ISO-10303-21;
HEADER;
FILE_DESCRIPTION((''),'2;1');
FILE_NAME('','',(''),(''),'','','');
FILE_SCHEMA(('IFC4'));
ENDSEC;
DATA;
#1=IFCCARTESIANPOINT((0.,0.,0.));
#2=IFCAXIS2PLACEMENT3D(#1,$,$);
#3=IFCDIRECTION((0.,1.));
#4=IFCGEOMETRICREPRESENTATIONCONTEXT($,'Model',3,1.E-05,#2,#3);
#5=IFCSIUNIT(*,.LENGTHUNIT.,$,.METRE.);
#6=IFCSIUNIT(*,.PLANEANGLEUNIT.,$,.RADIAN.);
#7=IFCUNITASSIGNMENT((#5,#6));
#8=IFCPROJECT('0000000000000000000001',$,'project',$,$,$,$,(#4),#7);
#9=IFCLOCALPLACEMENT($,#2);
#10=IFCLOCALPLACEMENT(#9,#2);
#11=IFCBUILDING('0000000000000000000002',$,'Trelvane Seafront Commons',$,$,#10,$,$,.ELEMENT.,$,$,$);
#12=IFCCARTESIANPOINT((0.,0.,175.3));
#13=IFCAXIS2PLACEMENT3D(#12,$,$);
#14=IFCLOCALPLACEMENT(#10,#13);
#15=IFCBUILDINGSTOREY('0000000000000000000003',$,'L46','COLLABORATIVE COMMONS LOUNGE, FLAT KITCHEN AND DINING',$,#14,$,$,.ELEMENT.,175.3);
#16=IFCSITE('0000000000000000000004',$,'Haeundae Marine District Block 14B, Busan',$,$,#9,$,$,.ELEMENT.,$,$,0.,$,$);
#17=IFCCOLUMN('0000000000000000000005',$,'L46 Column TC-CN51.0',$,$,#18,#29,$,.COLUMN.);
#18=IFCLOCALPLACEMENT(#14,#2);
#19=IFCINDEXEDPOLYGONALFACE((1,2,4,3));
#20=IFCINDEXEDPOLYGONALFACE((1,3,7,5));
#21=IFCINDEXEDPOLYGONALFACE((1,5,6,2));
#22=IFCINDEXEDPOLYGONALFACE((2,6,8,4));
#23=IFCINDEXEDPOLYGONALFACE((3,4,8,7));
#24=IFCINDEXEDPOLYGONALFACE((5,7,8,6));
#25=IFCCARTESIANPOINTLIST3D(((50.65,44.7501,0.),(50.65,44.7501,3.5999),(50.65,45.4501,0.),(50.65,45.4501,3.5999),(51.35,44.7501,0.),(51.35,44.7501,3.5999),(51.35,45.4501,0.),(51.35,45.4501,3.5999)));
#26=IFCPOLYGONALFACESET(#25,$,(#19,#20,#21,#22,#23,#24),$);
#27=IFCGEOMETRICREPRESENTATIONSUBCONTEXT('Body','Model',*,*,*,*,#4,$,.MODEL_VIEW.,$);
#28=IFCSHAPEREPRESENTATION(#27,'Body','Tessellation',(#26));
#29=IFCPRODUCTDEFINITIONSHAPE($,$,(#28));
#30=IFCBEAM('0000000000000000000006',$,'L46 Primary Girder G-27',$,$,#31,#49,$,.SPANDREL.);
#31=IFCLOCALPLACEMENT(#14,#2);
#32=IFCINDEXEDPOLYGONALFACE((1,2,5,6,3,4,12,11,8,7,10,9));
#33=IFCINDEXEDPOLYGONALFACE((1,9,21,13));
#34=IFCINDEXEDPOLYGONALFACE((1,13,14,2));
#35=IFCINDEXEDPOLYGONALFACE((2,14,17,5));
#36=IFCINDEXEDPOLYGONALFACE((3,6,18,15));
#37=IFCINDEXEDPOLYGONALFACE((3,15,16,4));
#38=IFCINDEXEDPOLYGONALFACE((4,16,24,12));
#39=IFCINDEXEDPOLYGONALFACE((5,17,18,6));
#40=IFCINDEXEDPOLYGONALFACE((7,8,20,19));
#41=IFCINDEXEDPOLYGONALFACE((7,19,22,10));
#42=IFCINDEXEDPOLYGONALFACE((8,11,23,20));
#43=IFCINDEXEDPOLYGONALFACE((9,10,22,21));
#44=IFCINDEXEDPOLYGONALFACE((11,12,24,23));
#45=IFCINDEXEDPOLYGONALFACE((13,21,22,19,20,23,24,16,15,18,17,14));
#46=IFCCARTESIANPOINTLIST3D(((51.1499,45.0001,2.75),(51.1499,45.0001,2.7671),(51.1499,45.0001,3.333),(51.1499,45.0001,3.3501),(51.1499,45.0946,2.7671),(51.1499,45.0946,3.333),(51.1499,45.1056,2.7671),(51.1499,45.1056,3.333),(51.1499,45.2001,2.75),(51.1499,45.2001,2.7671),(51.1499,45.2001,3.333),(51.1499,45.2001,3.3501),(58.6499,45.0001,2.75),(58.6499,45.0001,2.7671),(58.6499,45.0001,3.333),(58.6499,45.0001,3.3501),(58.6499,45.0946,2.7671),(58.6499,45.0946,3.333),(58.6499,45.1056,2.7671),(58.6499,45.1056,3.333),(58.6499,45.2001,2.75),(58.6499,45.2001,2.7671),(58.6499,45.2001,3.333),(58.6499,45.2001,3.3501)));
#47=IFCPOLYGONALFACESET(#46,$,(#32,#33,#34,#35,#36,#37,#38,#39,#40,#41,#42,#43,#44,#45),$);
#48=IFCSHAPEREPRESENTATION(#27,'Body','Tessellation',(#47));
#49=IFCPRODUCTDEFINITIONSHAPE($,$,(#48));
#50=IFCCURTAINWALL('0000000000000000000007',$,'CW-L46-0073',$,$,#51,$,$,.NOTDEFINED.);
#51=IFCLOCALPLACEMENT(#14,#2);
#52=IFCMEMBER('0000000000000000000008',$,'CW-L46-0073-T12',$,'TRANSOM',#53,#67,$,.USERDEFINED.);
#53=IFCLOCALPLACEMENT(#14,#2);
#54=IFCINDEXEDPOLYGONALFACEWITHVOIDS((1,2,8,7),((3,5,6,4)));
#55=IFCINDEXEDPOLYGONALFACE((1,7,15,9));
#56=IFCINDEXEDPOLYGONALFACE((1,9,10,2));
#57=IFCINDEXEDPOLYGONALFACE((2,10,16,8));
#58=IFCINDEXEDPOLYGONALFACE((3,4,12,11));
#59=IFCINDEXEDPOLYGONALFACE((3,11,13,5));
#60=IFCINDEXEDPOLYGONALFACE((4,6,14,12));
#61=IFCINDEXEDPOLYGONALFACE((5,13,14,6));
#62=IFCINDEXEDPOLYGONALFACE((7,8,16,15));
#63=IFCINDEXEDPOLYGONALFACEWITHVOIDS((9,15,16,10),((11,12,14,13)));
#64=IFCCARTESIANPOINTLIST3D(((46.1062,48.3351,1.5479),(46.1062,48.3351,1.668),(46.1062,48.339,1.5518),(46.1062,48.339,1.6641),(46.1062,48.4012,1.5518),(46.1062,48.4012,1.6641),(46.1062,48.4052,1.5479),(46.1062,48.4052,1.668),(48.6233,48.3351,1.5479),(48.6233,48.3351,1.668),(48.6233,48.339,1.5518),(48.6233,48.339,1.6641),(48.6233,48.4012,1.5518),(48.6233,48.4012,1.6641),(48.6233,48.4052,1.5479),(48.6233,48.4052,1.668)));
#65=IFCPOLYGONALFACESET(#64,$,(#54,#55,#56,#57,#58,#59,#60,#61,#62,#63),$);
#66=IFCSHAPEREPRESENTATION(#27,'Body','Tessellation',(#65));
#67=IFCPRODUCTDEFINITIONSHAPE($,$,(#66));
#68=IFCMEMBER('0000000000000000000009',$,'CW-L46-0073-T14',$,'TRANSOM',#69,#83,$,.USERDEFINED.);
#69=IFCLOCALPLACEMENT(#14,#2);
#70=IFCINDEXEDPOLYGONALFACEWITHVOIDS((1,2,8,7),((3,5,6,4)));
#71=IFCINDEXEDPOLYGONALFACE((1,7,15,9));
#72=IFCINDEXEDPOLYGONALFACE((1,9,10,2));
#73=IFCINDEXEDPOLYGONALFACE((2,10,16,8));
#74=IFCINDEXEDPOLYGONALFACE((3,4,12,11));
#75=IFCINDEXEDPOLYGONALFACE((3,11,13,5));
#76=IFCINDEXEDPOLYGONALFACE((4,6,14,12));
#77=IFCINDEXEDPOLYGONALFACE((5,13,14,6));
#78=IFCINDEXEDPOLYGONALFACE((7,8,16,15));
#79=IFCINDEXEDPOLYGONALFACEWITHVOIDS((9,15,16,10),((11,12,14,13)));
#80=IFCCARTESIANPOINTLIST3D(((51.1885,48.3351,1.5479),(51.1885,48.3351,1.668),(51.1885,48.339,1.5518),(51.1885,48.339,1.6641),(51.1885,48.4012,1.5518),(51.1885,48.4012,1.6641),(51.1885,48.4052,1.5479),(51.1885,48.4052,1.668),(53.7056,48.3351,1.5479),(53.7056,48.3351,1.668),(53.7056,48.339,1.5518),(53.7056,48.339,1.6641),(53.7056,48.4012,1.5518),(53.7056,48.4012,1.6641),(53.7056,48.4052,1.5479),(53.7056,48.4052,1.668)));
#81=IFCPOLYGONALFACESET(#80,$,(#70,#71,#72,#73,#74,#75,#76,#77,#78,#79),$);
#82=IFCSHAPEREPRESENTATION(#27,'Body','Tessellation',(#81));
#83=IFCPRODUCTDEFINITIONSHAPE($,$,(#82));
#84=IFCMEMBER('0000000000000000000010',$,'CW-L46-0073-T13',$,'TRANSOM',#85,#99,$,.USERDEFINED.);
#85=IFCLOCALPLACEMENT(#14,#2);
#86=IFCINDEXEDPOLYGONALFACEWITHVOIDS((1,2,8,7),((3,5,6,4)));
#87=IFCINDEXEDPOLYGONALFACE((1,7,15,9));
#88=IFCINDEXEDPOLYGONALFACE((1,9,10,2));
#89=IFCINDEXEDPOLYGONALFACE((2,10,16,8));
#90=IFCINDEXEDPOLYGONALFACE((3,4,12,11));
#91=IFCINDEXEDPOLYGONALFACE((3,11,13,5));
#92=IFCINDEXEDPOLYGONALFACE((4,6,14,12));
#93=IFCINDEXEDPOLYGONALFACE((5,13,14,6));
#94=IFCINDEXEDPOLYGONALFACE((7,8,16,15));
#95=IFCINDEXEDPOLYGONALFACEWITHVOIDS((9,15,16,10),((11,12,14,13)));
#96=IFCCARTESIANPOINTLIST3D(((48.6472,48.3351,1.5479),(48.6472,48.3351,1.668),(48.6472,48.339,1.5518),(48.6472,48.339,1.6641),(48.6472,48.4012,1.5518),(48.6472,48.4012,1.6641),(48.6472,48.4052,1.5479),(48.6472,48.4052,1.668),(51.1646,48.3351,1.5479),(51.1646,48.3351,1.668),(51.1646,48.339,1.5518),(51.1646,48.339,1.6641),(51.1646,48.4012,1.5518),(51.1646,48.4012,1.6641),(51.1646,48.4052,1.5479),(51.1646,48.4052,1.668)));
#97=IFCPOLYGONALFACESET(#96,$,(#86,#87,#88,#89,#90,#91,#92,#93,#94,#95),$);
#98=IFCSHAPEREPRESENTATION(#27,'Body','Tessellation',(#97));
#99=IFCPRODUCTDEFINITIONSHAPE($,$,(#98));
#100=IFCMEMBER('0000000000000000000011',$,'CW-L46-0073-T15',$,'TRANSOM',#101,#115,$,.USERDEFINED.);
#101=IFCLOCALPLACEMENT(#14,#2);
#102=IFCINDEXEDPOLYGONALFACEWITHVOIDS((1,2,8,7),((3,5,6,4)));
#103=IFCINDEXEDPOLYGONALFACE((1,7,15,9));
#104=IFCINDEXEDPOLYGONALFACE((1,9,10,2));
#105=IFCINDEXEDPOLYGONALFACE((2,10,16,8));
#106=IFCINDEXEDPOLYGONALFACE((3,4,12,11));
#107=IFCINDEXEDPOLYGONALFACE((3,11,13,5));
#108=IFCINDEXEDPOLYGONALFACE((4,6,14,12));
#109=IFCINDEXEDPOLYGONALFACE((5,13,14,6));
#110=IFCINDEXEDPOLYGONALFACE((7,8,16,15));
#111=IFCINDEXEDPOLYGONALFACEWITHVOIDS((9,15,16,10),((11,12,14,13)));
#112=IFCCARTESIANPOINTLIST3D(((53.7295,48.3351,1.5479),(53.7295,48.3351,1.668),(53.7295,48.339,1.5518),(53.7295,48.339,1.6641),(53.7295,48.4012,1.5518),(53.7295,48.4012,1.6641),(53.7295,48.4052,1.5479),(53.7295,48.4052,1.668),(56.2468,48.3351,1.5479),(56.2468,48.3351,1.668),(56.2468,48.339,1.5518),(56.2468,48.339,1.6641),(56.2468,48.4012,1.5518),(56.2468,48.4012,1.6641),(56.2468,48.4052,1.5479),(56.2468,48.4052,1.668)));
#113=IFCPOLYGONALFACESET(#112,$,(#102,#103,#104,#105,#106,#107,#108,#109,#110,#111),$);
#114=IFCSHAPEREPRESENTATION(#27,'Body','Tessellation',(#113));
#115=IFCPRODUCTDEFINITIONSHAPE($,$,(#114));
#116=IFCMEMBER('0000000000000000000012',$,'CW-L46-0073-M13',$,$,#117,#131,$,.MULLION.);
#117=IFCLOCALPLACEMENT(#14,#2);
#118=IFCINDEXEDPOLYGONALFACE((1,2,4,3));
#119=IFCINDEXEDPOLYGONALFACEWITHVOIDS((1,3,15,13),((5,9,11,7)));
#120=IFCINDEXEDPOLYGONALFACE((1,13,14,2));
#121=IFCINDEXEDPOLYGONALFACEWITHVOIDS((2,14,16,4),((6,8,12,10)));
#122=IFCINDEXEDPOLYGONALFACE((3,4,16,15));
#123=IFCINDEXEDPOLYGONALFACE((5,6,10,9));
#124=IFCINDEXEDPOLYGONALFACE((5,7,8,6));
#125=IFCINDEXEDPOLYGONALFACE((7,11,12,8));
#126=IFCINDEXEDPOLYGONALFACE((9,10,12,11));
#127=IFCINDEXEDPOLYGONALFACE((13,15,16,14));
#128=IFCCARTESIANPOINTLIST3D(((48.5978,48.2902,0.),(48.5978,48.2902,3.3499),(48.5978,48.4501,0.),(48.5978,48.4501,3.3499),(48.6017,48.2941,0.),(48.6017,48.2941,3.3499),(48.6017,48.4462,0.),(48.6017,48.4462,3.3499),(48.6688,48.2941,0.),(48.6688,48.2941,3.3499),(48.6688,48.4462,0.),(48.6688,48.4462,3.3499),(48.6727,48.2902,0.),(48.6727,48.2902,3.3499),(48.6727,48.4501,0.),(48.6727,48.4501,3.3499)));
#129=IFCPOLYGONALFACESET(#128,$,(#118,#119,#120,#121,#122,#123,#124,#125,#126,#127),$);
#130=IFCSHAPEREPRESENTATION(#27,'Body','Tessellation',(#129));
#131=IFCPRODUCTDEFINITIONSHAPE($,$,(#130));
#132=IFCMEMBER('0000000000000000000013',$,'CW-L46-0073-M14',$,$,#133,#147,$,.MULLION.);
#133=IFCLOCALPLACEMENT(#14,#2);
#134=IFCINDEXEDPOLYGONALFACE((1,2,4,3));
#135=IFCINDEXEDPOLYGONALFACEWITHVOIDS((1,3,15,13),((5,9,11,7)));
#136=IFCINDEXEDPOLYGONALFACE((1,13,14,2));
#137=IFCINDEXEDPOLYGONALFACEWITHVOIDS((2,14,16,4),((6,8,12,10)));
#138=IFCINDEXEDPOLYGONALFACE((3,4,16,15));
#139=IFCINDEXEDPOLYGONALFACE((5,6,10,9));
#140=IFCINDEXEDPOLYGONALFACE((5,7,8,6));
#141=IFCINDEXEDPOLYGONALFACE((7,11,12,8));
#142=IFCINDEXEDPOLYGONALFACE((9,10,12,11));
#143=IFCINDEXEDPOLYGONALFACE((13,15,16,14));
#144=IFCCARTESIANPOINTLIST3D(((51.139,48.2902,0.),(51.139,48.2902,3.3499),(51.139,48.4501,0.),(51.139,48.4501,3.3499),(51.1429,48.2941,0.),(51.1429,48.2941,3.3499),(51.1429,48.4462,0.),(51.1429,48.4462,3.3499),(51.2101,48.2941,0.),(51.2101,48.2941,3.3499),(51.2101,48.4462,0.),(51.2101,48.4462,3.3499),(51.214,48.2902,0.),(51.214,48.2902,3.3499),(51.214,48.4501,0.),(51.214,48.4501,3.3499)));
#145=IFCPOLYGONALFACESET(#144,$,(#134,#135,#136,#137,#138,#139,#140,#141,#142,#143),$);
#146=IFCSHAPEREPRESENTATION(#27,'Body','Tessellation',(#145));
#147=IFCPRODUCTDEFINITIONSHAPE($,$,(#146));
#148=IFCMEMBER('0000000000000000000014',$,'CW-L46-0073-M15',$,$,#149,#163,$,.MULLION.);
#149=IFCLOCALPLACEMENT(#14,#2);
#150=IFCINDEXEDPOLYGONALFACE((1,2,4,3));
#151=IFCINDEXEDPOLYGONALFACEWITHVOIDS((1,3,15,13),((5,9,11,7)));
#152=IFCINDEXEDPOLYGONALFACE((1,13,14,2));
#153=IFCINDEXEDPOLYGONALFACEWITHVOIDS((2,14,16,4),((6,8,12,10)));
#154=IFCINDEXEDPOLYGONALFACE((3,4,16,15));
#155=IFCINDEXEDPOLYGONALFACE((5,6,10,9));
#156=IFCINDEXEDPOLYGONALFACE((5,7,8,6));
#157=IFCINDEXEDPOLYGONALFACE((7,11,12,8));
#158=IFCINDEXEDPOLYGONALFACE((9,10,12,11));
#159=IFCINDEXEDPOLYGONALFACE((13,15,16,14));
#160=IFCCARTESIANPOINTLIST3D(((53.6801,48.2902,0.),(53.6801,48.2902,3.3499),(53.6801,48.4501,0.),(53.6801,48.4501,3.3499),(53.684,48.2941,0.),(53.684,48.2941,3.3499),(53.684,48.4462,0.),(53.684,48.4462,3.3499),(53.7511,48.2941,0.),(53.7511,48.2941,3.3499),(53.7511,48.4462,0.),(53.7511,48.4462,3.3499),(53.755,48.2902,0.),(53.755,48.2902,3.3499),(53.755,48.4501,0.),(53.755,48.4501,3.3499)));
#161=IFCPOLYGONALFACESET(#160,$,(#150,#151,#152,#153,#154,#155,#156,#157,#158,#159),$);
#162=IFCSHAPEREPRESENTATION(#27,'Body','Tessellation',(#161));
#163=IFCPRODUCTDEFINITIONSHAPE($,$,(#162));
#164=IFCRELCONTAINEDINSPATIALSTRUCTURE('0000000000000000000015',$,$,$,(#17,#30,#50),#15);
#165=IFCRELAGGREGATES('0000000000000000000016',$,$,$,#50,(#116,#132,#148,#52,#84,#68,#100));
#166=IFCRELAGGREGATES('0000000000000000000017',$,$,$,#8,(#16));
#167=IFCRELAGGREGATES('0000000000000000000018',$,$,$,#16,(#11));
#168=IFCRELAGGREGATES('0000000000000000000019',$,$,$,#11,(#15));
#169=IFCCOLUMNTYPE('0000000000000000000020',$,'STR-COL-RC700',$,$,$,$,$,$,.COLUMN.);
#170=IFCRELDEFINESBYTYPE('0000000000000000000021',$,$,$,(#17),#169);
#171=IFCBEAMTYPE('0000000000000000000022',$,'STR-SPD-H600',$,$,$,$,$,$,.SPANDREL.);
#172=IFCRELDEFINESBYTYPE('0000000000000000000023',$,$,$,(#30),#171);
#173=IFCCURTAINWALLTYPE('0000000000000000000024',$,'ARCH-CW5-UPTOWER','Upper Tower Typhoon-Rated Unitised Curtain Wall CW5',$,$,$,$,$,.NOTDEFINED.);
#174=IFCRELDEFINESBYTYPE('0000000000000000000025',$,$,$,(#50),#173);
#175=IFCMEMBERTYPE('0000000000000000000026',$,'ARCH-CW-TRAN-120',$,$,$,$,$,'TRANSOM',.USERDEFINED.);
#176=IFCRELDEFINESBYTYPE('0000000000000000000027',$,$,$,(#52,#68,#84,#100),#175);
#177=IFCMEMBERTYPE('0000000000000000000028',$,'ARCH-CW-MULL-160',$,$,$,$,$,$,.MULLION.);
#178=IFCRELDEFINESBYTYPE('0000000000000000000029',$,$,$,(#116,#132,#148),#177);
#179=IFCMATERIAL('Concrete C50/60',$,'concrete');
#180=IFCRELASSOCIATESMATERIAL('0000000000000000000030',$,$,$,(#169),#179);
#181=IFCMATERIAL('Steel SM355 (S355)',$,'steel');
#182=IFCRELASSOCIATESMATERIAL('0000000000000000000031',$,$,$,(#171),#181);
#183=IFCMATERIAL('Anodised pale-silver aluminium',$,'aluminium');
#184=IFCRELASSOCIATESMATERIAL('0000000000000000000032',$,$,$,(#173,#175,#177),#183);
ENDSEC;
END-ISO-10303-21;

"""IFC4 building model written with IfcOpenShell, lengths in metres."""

from ifc_helpers import new_model, si_unit, direction, frame, origin, origin_2d, place, context, subcontext, project, spatial, rectangle, hollow_rectangle, i_section, extrude, source, transform, mapped, material, material_profile, profile_set, type_object, element, aggregate, save


model = new_model("IFC4")

# Units and contexts
model_context = context("Model", 3, precision=1e-05, world=origin(), true_north=direction((0.0, 1.0)))
body_context = subcontext(model_context, "Body", "Model", "MODEL_VIEW")
ifc_project = project(units=[si_unit("LENGTHUNIT", "METRE"), si_unit("PLANEANGLEUNIT", "RADIAN")], contexts=[model_context])

# Site, building, storey
site_placement = place(None, origin())
site = spatial("IfcSite", under=ifc_project, at=site_placement, Name="Haeundae Marine District Block 14B, Busan", CompositionType="ELEMENT", RefElevation=0.0)
building_placement = place(site_placement, origin())
building = spatial("IfcBuilding", under=site, at=building_placement, Name="Trelvane Seafront Commons", CompositionType="ELEMENT")
storey_placement = place(building_placement, frame((0.0, 0.0, 175.3)))
storey = spatial("IfcBuildingStorey", under=building, at=storey_placement, Name="L46", Description="COLLABORATIVE COMMONS LOUNGE, FLAT KITCHEN AND DINING", CompositionType="ELEMENT", Elevation=175.3)

# Column
ifc_material_1 = material(Name="Concrete C50/60", Category="concrete")
ifc_material_profile_1 = material_profile(ifc_material_1, rectangle(XDim=0.7, YDim=0.7, at=origin_2d()), Name="RC-700x700")
ifc_profile_set_1 = profile_set([ifc_material_profile_1], Name="Concrete C50/60")
column_type = type_object("IfcColumnType", Name="STR-COL-RC700", PredefinedType="COLUMN", material=ifc_profile_set_1)
shared_shape_1 = source(origin(), body_context, "Body", "SweptSolid", [
    extrude(rectangle(XDim=0.7, YDim=0.7, at=origin_2d()), origin(), (0.0, 0.0, 1.0), 3.5999),
])
column_placement = place(storey_placement, frame((51.0, 45.1001, 0.0), z_axis=(0.0, 0.0, 1.0), x_axis=(1.0, 0.0, 0.0)))
element("IfcColumn", 1, at=column_placement, inside=storey, type_object=column_type, Name="L46 Column TC-CN51.0", PredefinedType="COLUMN", context=body_context, shape_type="MappedRepresentation", body=[
    mapped(shared_shape_1, transform((0.0, 0.0, 0.0), x_axis=(1.0, 0.0, 0.0), y_axis=(0.0, 1.0, 0.0), z_axis=(0.0, 0.0, 1.0), scale=1.0)),
])

# Beam
ifc_material_2 = material(Name="Steel SM355 (S355)", Category="steel")
ifc_material_profile_2 = material_profile(ifc_material_2, i_section(OverallWidth=0.2, OverallDepth=0.6001, WebThickness=0.011, FlangeThickness=0.0171, at=origin_2d()), Name="H-600x200x11x17")
ifc_profile_set_2 = profile_set([ifc_material_profile_2], Name="Steel SM355 (S355)")
beam_type = type_object("IfcBeamType", Name="STR-SPD-H600", PredefinedType="SPANDREL", material=ifc_profile_set_2)
shared_shape_2 = source(origin(), body_context, "Body", "SweptSolid", [
    extrude(i_section(OverallWidth=0.2, OverallDepth=0.6001, WebThickness=0.011, FlangeThickness=0.0171, at=origin_2d()), origin(), (0.0, 0.0, 1.0), 7.5),
])
beam_placement = place(storey_placement, frame((51.1499, 45.1001, 3.05), z_axis=(1.0, 0.0, 0.0), x_axis=(0.0, 1.0, 0.0)))
element("IfcBeam", 2, at=beam_placement, inside=storey, type_object=beam_type, Name="L46 Primary Girder G-27", PredefinedType="SPANDREL", context=body_context, shape_type="MappedRepresentation", body=[
    mapped(shared_shape_2, transform((0.0, 0.0, 0.0), x_axis=(1.0, 0.0, 0.0), y_axis=(0.0, 1.0, 0.0), z_axis=(0.0, 0.0, 1.0), scale=1.0)),
])

# Curtain wall, members
ifc_material_3 = material(Name="Anodised pale-silver aluminium", Category="aluminium")
curtain_wall_type = type_object("IfcCurtainWallType", Name="ARCH-CW5-UPTOWER", Description="Upper Tower Typhoon-Rated Unitised Curtain Wall CW5", PredefinedType="NOTDEFINED", material=ifc_material_3)
curtain_wall_placement = place(storey_placement, origin())
curtain_wall = element("IfcCurtainWall", 3, at=curtain_wall_placement, inside=storey, type_object=curtain_wall_type, Name="CW-L46-0073", PredefinedType="NOTDEFINED")
ifc_material_profile_3 = material_profile(ifc_material_3, hollow_rectangle(XDim=0.0701, YDim=0.1201, WallThickness=0.0039, at=origin_2d()), Name="TRAN-70x120x4")
ifc_profile_set_3 = profile_set([ifc_material_profile_3], Name="Anodised pale-silver aluminium")
member_type_1 = type_object("IfcMemberType", Name="ARCH-CW-TRAN-120", ElementType="TRANSOM", PredefinedType="USERDEFINED", material=ifc_profile_set_3)
shared_shape_3 = source(origin(), body_context, "Body", "SweptSolid", [
    extrude(hollow_rectangle(XDim=0.0701, YDim=0.1201, WallThickness=0.0039, at=origin_2d()), origin(), (0.0, 0.0, 1.0), 2.5171),
])
member_1_placement = place(storey_placement, frame((46.1062, 48.3701, 1.6079), z_axis=(1.0, 0.0, 0.0), x_axis=(0.0, 1.0, 0.0)))
member_1 = element("IfcMember", 4, at=member_1_placement, type_object=member_type_1, Name="CW-L46-0073-T12", ObjectType="TRANSOM", PredefinedType="USERDEFINED", context=body_context, shape_type="MappedRepresentation", body=[
    mapped(shared_shape_3, transform((0.0, 0.0, 0.0), x_axis=(1.0, 0.0, 0.0), y_axis=(0.0, 1.0, 0.0), z_axis=(0.0, 0.0, 1.0), scale=1.0)),
])
member_2_placement = place(storey_placement, frame((51.1885, 48.3701, 1.6079), z_axis=(1.0, 0.0, 0.0), x_axis=(0.0, 1.0, 0.0)))
member_2 = element("IfcMember", 5, at=member_2_placement, type_object=member_type_1, Name="CW-L46-0073-T14", ObjectType="TRANSOM", PredefinedType="USERDEFINED", context=body_context, shape_type="MappedRepresentation", body=[
    mapped(shared_shape_3, transform((0.0, 0.0, 0.0), x_axis=(1.0, 0.0, 0.0), y_axis=(0.0, 1.0, 0.0), z_axis=(0.0, 0.0, 1.0), scale=1.0)),
])
shared_shape_4 = source(origin(), body_context, "Body", "SweptSolid", [
    extrude(hollow_rectangle(XDim=0.0701, YDim=0.1201, WallThickness=0.0039, at=origin_2d()), origin(), (0.0, 0.0, 1.0), 2.5173),
])
member_3_placement = place(storey_placement, frame((48.6472, 48.3701, 1.6079), z_axis=(1.0, 0.0, 0.0), x_axis=(0.0, 1.0, 0.0)))
member_3 = element("IfcMember", 6, at=member_3_placement, type_object=member_type_1, Name="CW-L46-0073-T13", ObjectType="TRANSOM", PredefinedType="USERDEFINED", context=body_context, shape_type="MappedRepresentation", body=[
    mapped(shared_shape_4, transform((0.0, 0.0, 0.0), x_axis=(1.0, 0.0, 0.0), y_axis=(0.0, 1.0, 0.0), z_axis=(0.0, 0.0, 1.0), scale=1.0)),
])
member_4_placement = place(storey_placement, frame((53.7295, 48.3701, 1.6079), z_axis=(1.0, 0.0, 0.0), x_axis=(0.0, 1.0, 0.0)))
member_4 = element("IfcMember", 7, at=member_4_placement, type_object=member_type_1, Name="CW-L46-0073-T15", ObjectType="TRANSOM", PredefinedType="USERDEFINED", context=body_context, shape_type="MappedRepresentation", body=[
    mapped(shared_shape_4, transform((0.0, 0.0, 0.0), x_axis=(1.0, 0.0, 0.0), y_axis=(0.0, 1.0, 0.0), z_axis=(0.0, 0.0, 1.0), scale=1.0)),
])
ifc_material_profile_4 = material_profile(ifc_material_3, hollow_rectangle(XDim=0.075, YDim=0.1599, WallThickness=0.0039, at=origin_2d()), Name="MULL-75x160x4")
ifc_profile_set_4 = profile_set([ifc_material_profile_4], Name="Anodised pale-silver aluminium")
member_type_2 = type_object("IfcMemberType", Name="ARCH-CW-MULL-160", PredefinedType="MULLION", material=ifc_profile_set_4)
shared_shape_5 = source(origin(), body_context, "Body", "SweptSolid", [
    extrude(hollow_rectangle(XDim=0.075, YDim=0.1599, WallThickness=0.0039, at=origin_2d()), origin(), (0.0, 0.0, 1.0), 3.3499),
])
member_5_placement = place(storey_placement, frame((48.6353, 48.3701, 0.0), z_axis=(0.0, 0.0, 1.0), x_axis=(1.0, 0.0, 0.0)))
member_5 = element("IfcMember", 8, at=member_5_placement, type_object=member_type_2, Name="CW-L46-0073-M13", PredefinedType="MULLION", context=body_context, shape_type="MappedRepresentation", body=[
    mapped(shared_shape_5, transform((0.0, 0.0, 0.0), x_axis=(1.0, 0.0, 0.0), y_axis=(0.0, 1.0, 0.0), z_axis=(0.0, 0.0, 1.0), scale=1.0)),
])
member_6_placement = place(storey_placement, frame((51.1765, 48.3701, 0.0), z_axis=(0.0, 0.0, 1.0), x_axis=(1.0, 0.0, 0.0)))
member_6 = element("IfcMember", 9, at=member_6_placement, type_object=member_type_2, Name="CW-L46-0073-M14", PredefinedType="MULLION", context=body_context, shape_type="MappedRepresentation", body=[
    mapped(shared_shape_5, transform((0.0, 0.0, 0.0), x_axis=(1.0, 0.0, 0.0), y_axis=(0.0, 1.0, 0.0), z_axis=(0.0, 0.0, 1.0), scale=1.0)),
])
member_7_placement = place(storey_placement, frame((53.7175, 48.3701, 0.0), z_axis=(0.0, 0.0, 1.0), x_axis=(1.0, 0.0, 0.0)))
member_7 = element("IfcMember", 10, at=member_7_placement, type_object=member_type_2, Name="CW-L46-0073-M15", PredefinedType="MULLION", context=body_context, shape_type="MappedRepresentation", body=[
    mapped(shared_shape_5, transform((0.0, 0.0, 0.0), x_axis=(1.0, 0.0, 0.0), y_axis=(0.0, 1.0, 0.0), z_axis=(0.0, 0.0, 1.0), scale=1.0)),
])

aggregate(curtain_wall, [member_5, member_6, member_7, member_1, member_3, member_2, member_4])

save(model, "model.ifc")
